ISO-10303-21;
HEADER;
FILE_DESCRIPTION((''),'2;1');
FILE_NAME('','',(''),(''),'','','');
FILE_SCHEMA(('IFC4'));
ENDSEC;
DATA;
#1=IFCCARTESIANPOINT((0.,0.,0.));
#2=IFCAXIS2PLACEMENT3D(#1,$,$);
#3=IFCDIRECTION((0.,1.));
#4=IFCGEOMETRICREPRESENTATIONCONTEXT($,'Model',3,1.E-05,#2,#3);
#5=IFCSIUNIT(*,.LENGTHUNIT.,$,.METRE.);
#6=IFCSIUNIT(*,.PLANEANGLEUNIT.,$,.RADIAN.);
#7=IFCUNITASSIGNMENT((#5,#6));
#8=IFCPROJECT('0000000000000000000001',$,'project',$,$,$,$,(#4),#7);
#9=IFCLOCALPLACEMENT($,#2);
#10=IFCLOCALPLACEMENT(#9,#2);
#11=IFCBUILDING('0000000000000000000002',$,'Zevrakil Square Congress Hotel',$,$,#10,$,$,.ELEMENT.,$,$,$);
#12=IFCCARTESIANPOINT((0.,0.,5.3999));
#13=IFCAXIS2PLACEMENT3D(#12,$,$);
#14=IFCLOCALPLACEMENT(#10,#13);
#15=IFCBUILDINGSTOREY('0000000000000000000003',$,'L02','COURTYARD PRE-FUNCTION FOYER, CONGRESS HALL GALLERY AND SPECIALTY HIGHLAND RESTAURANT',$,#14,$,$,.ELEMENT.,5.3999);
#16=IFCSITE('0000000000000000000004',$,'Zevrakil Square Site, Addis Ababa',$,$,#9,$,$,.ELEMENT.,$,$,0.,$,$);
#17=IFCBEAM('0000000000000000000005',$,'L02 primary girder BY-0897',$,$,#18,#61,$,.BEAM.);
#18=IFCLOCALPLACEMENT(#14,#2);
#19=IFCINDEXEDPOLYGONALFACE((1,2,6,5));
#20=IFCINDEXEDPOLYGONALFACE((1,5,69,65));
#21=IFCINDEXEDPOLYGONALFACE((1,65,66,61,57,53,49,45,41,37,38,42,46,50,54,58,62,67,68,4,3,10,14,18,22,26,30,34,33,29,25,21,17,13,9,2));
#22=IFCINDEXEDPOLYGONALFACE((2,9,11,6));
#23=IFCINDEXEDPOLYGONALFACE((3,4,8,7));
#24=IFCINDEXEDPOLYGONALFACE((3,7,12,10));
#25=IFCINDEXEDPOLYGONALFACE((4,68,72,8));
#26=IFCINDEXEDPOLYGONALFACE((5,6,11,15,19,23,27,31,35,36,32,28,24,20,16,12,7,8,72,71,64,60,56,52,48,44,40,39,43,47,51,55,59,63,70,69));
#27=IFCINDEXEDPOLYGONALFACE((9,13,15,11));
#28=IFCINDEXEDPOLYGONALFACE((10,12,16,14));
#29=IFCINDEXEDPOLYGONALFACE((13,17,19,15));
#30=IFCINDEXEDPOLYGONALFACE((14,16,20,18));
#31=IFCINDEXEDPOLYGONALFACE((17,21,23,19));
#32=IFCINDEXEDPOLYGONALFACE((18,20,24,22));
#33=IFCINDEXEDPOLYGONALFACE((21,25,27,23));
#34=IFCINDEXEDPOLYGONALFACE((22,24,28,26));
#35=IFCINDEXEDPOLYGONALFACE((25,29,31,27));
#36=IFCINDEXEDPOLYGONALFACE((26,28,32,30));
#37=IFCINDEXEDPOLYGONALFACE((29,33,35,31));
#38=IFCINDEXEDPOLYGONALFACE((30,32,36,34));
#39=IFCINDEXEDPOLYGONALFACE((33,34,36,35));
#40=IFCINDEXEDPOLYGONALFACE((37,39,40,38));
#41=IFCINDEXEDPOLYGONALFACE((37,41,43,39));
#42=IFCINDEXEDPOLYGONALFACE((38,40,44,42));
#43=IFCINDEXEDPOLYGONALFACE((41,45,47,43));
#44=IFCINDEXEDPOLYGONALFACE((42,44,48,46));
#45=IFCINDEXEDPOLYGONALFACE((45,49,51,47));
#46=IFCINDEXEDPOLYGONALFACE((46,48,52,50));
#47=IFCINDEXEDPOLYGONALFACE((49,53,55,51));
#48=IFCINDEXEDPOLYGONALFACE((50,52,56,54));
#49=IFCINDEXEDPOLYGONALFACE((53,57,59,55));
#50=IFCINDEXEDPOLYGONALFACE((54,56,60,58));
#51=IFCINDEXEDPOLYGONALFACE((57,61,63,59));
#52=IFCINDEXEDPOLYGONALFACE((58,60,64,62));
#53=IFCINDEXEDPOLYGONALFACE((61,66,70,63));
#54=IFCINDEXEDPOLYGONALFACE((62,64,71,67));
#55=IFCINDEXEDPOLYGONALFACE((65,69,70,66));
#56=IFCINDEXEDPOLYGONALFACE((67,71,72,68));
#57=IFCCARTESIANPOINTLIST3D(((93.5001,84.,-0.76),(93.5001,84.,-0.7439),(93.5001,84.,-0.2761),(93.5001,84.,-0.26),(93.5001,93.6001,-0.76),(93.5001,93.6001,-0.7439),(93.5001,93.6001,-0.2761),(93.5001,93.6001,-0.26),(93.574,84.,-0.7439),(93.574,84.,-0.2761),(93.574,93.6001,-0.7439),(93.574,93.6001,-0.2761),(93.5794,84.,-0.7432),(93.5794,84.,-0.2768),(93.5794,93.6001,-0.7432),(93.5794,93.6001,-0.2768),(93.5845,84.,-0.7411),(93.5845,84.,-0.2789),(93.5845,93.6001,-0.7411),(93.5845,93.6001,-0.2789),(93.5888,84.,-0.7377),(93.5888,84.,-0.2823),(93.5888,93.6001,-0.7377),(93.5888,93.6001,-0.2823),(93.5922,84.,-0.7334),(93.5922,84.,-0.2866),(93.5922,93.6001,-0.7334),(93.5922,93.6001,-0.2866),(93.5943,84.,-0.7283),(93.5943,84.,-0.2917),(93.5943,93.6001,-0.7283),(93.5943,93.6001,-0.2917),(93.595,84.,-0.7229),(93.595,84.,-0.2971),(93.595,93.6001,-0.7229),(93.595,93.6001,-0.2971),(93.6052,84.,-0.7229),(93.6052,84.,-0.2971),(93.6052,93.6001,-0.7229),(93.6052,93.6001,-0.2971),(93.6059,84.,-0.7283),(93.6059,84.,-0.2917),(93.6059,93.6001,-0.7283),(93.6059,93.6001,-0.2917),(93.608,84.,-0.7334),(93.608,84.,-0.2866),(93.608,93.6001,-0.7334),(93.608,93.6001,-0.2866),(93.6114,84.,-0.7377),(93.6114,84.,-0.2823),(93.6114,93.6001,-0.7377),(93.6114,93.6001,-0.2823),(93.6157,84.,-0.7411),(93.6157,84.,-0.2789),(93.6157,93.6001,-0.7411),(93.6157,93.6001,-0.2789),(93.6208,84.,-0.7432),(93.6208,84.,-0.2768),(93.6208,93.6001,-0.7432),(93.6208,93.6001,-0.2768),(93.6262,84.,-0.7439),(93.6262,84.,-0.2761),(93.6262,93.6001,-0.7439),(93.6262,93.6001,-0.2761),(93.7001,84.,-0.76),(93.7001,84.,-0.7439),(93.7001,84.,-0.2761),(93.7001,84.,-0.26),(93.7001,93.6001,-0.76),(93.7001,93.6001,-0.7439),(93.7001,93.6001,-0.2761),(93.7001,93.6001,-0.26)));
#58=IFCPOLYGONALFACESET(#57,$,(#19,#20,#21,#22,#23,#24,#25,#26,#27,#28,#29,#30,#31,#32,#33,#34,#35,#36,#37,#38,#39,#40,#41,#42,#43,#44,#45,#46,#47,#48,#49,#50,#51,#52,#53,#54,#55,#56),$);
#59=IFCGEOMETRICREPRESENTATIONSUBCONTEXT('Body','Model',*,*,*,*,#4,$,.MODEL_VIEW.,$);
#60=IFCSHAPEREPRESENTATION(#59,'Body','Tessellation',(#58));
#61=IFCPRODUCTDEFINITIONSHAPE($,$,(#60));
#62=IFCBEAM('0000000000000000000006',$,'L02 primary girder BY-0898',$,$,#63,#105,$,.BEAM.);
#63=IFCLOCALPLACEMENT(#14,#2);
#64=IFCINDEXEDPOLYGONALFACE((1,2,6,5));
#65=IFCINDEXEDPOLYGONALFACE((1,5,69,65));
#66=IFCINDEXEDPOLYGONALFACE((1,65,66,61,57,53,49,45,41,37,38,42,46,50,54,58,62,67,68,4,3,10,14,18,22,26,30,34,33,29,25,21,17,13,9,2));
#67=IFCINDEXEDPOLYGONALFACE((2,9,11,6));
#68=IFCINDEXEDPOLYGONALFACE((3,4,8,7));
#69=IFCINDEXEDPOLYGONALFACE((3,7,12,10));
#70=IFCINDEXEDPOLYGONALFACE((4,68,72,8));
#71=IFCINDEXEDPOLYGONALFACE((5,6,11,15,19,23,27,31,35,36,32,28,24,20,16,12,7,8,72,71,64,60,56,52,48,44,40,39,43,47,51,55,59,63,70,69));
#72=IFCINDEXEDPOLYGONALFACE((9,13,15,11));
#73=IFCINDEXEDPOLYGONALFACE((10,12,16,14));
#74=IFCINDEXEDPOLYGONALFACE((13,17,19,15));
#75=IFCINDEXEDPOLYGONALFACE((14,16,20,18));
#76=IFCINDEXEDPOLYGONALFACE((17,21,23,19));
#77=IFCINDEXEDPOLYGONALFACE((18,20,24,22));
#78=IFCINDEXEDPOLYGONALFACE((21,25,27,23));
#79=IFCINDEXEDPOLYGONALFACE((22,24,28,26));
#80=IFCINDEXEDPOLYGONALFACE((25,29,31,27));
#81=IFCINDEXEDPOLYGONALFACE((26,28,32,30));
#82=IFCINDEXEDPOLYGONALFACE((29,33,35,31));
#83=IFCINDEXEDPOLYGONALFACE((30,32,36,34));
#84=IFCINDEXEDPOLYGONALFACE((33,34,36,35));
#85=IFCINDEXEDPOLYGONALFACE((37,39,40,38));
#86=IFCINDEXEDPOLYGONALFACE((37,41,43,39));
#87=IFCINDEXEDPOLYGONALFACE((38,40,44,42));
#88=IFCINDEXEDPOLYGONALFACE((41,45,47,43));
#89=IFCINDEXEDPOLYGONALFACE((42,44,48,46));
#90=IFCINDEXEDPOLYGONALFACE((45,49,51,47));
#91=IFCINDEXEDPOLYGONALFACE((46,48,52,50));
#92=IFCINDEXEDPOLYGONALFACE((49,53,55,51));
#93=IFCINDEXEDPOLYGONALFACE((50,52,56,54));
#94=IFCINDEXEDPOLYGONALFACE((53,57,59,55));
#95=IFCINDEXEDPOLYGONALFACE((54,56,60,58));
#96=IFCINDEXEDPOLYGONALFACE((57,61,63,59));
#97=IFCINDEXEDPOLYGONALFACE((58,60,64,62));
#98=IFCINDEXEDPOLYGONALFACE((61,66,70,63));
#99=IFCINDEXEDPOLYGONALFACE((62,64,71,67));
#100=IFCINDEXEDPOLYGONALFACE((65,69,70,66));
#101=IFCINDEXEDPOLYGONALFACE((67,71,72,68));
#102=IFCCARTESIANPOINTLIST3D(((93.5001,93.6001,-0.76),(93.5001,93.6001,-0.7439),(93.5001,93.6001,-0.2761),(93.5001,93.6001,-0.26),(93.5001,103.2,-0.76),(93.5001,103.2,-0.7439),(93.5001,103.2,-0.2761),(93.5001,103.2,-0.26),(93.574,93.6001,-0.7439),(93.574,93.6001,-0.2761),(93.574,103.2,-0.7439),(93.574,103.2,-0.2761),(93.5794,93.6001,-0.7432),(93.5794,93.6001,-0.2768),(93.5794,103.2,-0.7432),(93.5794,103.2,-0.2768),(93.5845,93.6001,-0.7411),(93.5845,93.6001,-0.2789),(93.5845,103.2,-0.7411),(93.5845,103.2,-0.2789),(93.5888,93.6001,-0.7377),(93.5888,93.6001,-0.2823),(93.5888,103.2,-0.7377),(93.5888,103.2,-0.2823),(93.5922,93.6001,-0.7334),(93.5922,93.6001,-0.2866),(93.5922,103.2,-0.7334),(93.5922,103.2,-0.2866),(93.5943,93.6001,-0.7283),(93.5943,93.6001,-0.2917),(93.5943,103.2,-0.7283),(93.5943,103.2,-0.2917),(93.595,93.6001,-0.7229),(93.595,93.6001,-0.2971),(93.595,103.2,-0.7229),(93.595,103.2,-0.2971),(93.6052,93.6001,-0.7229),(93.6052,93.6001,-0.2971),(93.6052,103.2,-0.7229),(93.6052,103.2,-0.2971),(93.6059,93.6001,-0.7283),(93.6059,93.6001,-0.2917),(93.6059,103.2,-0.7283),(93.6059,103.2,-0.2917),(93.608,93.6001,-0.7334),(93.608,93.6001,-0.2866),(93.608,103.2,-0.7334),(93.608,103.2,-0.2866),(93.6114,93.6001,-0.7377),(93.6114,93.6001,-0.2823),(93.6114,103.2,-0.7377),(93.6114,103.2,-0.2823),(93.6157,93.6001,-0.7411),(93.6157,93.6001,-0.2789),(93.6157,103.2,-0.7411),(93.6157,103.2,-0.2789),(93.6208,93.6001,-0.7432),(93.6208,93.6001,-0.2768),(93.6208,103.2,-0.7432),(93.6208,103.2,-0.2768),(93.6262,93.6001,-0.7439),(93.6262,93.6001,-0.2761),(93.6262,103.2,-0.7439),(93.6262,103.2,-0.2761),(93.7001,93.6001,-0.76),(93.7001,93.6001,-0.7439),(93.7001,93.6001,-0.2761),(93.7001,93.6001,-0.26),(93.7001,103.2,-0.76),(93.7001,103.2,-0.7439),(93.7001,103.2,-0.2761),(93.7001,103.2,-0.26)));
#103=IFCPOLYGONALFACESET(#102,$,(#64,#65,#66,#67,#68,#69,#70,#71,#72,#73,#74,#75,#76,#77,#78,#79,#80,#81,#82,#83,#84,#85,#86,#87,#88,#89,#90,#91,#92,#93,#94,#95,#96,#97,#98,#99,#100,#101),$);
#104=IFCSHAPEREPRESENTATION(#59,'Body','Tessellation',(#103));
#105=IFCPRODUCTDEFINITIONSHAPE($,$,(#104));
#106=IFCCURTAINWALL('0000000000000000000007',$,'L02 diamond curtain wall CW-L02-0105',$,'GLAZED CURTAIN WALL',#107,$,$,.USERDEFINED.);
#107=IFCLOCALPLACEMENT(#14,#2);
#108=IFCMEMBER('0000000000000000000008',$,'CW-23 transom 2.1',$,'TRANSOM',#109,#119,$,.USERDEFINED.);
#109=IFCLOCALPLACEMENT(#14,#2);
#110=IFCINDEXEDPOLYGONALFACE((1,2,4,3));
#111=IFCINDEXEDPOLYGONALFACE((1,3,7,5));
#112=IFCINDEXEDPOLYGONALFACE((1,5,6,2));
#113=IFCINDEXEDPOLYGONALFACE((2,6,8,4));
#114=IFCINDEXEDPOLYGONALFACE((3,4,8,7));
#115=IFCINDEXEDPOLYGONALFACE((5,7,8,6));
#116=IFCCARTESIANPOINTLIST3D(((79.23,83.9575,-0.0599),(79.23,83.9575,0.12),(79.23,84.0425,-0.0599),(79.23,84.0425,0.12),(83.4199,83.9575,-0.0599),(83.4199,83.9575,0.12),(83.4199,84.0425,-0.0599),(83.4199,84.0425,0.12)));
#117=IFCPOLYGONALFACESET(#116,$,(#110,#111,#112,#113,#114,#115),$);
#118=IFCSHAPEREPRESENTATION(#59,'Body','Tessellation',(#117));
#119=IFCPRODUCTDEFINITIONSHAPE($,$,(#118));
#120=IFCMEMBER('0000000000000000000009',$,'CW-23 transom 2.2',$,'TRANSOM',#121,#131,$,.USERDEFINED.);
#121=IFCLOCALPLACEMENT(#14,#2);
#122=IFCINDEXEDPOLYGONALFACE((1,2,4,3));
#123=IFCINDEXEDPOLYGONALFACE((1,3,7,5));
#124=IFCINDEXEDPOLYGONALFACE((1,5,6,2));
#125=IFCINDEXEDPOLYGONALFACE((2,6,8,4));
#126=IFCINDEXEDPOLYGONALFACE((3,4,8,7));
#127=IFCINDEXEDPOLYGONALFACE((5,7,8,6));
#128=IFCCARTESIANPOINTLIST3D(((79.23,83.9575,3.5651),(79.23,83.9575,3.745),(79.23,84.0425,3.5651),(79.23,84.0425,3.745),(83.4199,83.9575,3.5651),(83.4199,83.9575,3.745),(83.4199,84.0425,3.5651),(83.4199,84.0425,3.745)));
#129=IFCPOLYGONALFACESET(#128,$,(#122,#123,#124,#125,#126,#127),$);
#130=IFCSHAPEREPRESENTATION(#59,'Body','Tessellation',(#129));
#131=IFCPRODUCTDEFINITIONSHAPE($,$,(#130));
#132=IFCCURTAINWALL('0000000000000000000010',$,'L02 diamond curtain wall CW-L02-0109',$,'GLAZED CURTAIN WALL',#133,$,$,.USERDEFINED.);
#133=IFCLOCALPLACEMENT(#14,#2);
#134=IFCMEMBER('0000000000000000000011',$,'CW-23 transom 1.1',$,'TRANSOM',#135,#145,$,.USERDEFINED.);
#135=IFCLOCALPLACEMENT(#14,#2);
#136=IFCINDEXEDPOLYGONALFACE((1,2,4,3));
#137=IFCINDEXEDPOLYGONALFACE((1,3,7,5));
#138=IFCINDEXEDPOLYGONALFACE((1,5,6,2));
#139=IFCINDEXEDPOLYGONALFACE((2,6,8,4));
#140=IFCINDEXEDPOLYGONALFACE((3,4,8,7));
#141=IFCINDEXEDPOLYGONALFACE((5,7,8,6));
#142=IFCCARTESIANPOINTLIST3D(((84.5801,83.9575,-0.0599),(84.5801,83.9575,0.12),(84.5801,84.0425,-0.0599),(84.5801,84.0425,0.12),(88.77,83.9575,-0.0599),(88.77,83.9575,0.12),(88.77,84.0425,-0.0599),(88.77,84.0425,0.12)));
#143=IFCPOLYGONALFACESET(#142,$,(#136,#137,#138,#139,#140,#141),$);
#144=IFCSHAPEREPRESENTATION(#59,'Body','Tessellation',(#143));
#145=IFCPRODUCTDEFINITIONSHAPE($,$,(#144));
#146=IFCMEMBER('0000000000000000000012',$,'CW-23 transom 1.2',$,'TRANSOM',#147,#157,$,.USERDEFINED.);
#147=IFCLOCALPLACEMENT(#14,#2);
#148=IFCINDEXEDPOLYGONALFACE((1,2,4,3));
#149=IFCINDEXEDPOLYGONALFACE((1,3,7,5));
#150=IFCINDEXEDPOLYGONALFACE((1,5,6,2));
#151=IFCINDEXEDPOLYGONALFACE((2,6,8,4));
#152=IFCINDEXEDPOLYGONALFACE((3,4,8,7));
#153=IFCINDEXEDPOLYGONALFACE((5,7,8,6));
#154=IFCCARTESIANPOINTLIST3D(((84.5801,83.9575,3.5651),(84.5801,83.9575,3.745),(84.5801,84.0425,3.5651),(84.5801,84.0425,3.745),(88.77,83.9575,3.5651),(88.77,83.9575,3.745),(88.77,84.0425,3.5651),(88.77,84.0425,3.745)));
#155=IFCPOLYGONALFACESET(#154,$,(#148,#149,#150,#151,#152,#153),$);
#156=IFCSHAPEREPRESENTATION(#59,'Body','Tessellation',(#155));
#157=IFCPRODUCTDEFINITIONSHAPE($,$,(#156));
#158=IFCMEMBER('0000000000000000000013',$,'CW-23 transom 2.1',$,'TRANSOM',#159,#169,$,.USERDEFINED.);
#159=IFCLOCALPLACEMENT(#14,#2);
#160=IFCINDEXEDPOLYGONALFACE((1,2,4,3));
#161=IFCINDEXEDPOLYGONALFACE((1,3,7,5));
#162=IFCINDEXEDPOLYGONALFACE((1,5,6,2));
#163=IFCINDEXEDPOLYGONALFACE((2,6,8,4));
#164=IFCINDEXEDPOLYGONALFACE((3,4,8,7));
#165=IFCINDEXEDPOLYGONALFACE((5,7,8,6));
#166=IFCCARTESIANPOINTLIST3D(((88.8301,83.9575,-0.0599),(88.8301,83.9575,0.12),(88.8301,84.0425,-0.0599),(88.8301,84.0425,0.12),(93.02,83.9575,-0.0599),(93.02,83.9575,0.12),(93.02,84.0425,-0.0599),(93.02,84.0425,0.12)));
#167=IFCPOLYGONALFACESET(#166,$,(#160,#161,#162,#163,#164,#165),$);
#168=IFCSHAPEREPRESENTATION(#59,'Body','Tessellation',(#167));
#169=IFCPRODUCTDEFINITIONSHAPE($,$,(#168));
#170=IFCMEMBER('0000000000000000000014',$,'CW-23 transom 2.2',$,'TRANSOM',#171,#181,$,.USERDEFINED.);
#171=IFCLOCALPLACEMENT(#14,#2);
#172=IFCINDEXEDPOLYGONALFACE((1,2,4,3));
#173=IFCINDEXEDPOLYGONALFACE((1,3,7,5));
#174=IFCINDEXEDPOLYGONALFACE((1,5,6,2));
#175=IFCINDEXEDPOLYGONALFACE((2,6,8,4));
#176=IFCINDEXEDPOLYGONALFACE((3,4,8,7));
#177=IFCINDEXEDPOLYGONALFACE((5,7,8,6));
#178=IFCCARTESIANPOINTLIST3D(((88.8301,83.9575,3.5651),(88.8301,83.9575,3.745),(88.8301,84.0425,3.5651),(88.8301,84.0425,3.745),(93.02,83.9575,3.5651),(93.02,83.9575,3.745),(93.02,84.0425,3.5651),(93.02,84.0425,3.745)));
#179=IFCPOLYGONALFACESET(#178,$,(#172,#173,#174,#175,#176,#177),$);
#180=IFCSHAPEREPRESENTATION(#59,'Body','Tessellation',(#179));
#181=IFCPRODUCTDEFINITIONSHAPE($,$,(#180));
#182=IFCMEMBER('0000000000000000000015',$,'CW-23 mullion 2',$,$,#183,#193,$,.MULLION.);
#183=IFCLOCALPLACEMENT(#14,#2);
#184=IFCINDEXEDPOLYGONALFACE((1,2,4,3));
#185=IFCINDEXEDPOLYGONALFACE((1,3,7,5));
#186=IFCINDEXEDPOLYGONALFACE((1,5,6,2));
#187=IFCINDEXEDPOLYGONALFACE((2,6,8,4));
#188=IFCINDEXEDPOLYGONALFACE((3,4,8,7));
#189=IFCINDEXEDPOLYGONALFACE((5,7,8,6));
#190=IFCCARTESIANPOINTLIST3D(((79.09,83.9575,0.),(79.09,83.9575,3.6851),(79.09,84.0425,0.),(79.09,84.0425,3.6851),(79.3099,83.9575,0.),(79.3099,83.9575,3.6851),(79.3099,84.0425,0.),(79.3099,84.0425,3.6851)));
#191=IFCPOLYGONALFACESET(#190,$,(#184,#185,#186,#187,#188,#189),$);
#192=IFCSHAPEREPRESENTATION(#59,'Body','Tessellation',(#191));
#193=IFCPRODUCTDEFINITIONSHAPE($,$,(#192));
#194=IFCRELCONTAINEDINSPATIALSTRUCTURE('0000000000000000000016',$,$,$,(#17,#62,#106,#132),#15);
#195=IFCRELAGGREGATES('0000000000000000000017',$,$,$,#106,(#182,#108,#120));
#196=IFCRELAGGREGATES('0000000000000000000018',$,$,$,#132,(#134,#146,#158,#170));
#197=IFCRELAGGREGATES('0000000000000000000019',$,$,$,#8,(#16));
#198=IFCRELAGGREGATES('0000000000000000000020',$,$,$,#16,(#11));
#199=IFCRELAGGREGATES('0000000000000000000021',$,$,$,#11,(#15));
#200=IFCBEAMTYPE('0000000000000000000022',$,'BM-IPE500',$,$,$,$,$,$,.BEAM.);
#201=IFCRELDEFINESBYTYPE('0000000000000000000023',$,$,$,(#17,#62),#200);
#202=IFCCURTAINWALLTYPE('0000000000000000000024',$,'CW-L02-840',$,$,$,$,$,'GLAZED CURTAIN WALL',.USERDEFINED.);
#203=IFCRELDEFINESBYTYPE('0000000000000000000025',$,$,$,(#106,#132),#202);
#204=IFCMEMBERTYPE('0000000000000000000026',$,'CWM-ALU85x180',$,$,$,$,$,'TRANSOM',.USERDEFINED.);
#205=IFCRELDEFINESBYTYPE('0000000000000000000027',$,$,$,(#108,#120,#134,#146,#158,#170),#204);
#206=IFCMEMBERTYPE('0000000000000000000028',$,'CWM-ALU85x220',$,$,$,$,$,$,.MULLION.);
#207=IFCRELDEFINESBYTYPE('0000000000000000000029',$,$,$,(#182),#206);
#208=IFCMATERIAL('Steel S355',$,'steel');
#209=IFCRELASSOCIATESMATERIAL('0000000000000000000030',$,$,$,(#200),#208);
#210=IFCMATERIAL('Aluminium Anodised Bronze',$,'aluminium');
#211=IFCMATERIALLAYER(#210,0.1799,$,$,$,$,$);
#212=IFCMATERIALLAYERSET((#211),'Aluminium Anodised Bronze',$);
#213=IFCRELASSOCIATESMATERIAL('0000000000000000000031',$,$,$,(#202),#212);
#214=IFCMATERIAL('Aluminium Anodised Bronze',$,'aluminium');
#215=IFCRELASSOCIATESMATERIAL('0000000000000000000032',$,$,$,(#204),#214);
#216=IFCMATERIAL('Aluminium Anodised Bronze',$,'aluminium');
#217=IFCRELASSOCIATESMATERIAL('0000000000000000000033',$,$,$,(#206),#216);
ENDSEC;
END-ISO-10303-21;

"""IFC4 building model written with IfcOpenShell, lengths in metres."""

from ifc_helpers import new_model, si_unit, direction, frame, origin, origin_2d, place, context, subcontext, project, spatial, rectangle, i_section, extrude, material, layer, layer_set, material_profile, profile_set, type_object, element, aggregate, save


model = new_model("IFC4")

# Units and contexts
model_context = context("Model", 3, precision=1e-05, world=origin(), true_north=direction((0.0, 1.0)))
body_context = subcontext(model_context, "Body", "Model", "MODEL_VIEW")
ifc_project = project(units=[si_unit("LENGTHUNIT", "METRE"), si_unit("PLANEANGLEUNIT", "RADIAN")], contexts=[model_context])

# Site, building, storey
site_placement = place(None, origin())
site = spatial("IfcSite", under=ifc_project, at=site_placement, Name="Zevrakil Square Site, Addis Ababa", CompositionType="ELEMENT", RefElevation=0.0)
building_placement = place(site_placement, origin())
building = spatial("IfcBuilding", under=site, at=building_placement, Name="Zevrakil Square Congress Hotel", CompositionType="ELEMENT")
storey_placement = place(building_placement, frame((0.0, 0.0, 5.3999)))
storey = spatial("IfcBuildingStorey", under=building, at=storey_placement, Name="L02", Description="COURTYARD PRE-FUNCTION FOYER, CONGRESS HALL GALLERY AND SPECIALTY HIGHLAND RESTAURANT", CompositionType="ELEMENT", Elevation=5.3999)

# Beams
ifc_material_1 = material(Name="Steel S355", Category="steel")
ifc_material_profile_1 = material_profile(ifc_material_1, i_section(OverallWidth=0.2, OverallDepth=0.5, WebThickness=0.0103, FlangeThickness=0.0161, FilletRadius=0.021, at=origin_2d()), Name="IPE 500")
ifc_profile_set_1 = profile_set([ifc_material_profile_1], Name="Steel S355")
beam_type_1 = type_object("IfcBeamType", Name="BM-IPE500", PredefinedType="BEAM", material=ifc_profile_set_1)
beam_1_placement = place(storey_placement, frame((93.6001, 84.0, -0.51), z_axis=(0.0, 1.0, 0.0), x_axis=(-1.0, 0.0, 0.0)))
element("IfcBeam", 1, at=beam_1_placement, inside=storey, type_object=beam_type_1, Name="L02 primary girder BY-0897", PredefinedType="BEAM", context=body_context, shape_type="SweptSolid", body=[
    extrude(i_section(OverallWidth=0.2, OverallDepth=0.5, WebThickness=0.0103, FlangeThickness=0.0161, FilletRadius=0.021, at=origin_2d()), origin(), (0.0, 0.0, 1.0), 9.6001),
])
beam_2_placement = place(storey_placement, frame((93.6001, 93.6001, -0.51), z_axis=(0.0, 1.0, 0.0), x_axis=(-1.0, 0.0, 0.0)))
element("IfcBeam", 2, at=beam_2_placement, inside=storey, type_object=beam_type_1, Name="L02 primary girder BY-0898", PredefinedType="BEAM", context=body_context, shape_type="SweptSolid", body=[
    extrude(i_section(OverallWidth=0.2, OverallDepth=0.5, WebThickness=0.0103, FlangeThickness=0.0161, FilletRadius=0.021, at=origin_2d()), origin(), (0.0, 0.0, 1.0), 9.5999),
])

# Curtain walls, members
ifc_material_2 = material(Name="Aluminium Anodised Bronze", Category="aluminium")
ifc_layer_1 = layer(ifc_material_2, 0.1799)
ifc_layer_set_1 = layer_set([ifc_layer_1], Name="Aluminium Anodised Bronze")
curtain_wall_type = type_object("IfcCurtainWallType", Name="CW-L02-840", ElementType="GLAZED CURTAIN WALL", PredefinedType="USERDEFINED", material=ifc_layer_set_1)
curtain_wall_1_placement = place(storey_placement, origin())
curtain_wall_1 = element("IfcCurtainWall", 3, at=curtain_wall_1_placement, inside=storey, type_object=curtain_wall_type, Name="L02 diamond curtain wall CW-L02-0105", ObjectType="GLAZED CURTAIN WALL", PredefinedType="USERDEFINED")
ifc_material_3 = material(Name="Aluminium Anodised Bronze", Category="aluminium")
ifc_material_profile_2 = material_profile(ifc_material_3, rectangle(XDim=0.085, YDim=0.1799, at=origin_2d()), Name="ALU 85x180")
ifc_profile_set_2 = profile_set([ifc_material_profile_2], Name="Aluminium Anodised Bronze")
member_type_1 = type_object("IfcMemberType", Name="CWM-ALU85x180", ElementType="TRANSOM", PredefinedType="USERDEFINED", material=ifc_profile_set_2)
member_1_placement = place(storey_placement, frame((79.23, 84.0, 0.03), z_axis=(1.0, 0.0, 0.0), x_axis=(0.0, 1.0, 0.0)))
member_1 = element("IfcMember", 4, at=member_1_placement, type_object=member_type_1, Name="CW-23 transom 2.1", ObjectType="TRANSOM", PredefinedType="USERDEFINED", context=body_context, shape_type="SweptSolid", body=[
    extrude(rectangle(XDim=0.085, YDim=0.1799, at=origin_2d()), origin(), (0.0, 0.0, 1.0), 4.1899),
])
member_2_placement = place(storey_placement, frame((79.23, 84.0, 3.655), z_axis=(1.0, 0.0, 0.0), x_axis=(0.0, 1.0, 0.0)))
member_2 = element("IfcMember", 5, at=member_2_placement, type_object=member_type_1, Name="CW-23 transom 2.2", ObjectType="TRANSOM", PredefinedType="USERDEFINED", context=body_context, shape_type="SweptSolid", body=[
    extrude(rectangle(XDim=0.085, YDim=0.1799, at=origin_2d()), origin(), (0.0, 0.0, 1.0), 4.1899),
])
curtain_wall_2_placement = place(storey_placement, origin())
curtain_wall_2 = element("IfcCurtainWall", 6, at=curtain_wall_2_placement, inside=storey, type_object=curtain_wall_type, Name="L02 diamond curtain wall CW-L02-0109", ObjectType="GLAZED CURTAIN WALL", PredefinedType="USERDEFINED")
member_3_placement = place(storey_placement, frame((84.5801, 84.0, 0.03), z_axis=(1.0, 0.0, 0.0), x_axis=(0.0, 1.0, 0.0)))
member_3 = element("IfcMember", 7, at=member_3_placement, type_object=member_type_1, Name="CW-23 transom 1.1", ObjectType="TRANSOM", PredefinedType="USERDEFINED", context=body_context, shape_type="SweptSolid", body=[
    extrude(rectangle(XDim=0.085, YDim=0.1799, at=origin_2d()), origin(), (0.0, 0.0, 1.0), 4.1899),
])
member_4_placement = place(storey_placement, frame((84.5801, 84.0, 3.655), z_axis=(1.0, 0.0, 0.0), x_axis=(0.0, 1.0, 0.0)))
member_4 = element("IfcMember", 8, at=member_4_placement, type_object=member_type_1, Name="CW-23 transom 1.2", ObjectType="TRANSOM", PredefinedType="USERDEFINED", context=body_context, shape_type="SweptSolid", body=[
    extrude(rectangle(XDim=0.085, YDim=0.1799, at=origin_2d()), origin(), (0.0, 0.0, 1.0), 4.1899),
])
member_5_placement = place(storey_placement, frame((88.8301, 84.0, 0.03), z_axis=(1.0, 0.0, 0.0), x_axis=(0.0, 1.0, 0.0)))
member_5 = element("IfcMember", 9, at=member_5_placement, type_object=member_type_1, Name="CW-23 transom 2.1", ObjectType="TRANSOM", PredefinedType="USERDEFINED", context=body_context, shape_type="SweptSolid", body=[
    extrude(rectangle(XDim=0.085, YDim=0.1799, at=origin_2d()), origin(), (0.0, 0.0, 1.0), 4.1899),
])
member_6_placement = place(storey_placement, frame((88.8301, 84.0, 3.655), z_axis=(1.0, 0.0, 0.0), x_axis=(0.0, 1.0, 0.0)))
member_6 = element("IfcMember", 10, at=member_6_placement, type_object=member_type_1, Name="CW-23 transom 2.2", ObjectType="TRANSOM", PredefinedType="USERDEFINED", context=body_context, shape_type="SweptSolid", body=[
    extrude(rectangle(XDim=0.085, YDim=0.1799, at=origin_2d()), origin(), (0.0, 0.0, 1.0), 4.1899),
])

# Member
ifc_material_4 = material(Name="Aluminium Anodised Bronze", Category="aluminium")
ifc_material_profile_3 = material_profile(ifc_material_4, rectangle(XDim=0.085, YDim=0.22, at=origin_2d()), Name="ALU 85x220")
ifc_profile_set_3 = profile_set([ifc_material_profile_3], Name="Aluminium Anodised Bronze")
member_type_2 = type_object("IfcMemberType", Name="CWM-ALU85x220", PredefinedType="MULLION", material=ifc_profile_set_3)
member_7_placement = place(storey_placement, frame((79.2, 84.0, 0.0), z_axis=(0.0, 0.0, 1.0), x_axis=(0.0, 1.0, 0.0)))
member_7 = element("IfcMember", 11, at=member_7_placement, type_object=member_type_2, Name="CW-23 mullion 2", PredefinedType="MULLION", context=body_context, shape_type="SweptSolid", body=[
    extrude(rectangle(XDim=0.085, YDim=0.22, at=origin_2d()), origin(), (0.0, 0.0, 1.0), 3.6851),
])

aggregate(curtain_wall_1, [member_7, member_1, member_2])
aggregate(curtain_wall_2, [member_3, member_4, member_5, member_6])

save(model, "model.ifc")
